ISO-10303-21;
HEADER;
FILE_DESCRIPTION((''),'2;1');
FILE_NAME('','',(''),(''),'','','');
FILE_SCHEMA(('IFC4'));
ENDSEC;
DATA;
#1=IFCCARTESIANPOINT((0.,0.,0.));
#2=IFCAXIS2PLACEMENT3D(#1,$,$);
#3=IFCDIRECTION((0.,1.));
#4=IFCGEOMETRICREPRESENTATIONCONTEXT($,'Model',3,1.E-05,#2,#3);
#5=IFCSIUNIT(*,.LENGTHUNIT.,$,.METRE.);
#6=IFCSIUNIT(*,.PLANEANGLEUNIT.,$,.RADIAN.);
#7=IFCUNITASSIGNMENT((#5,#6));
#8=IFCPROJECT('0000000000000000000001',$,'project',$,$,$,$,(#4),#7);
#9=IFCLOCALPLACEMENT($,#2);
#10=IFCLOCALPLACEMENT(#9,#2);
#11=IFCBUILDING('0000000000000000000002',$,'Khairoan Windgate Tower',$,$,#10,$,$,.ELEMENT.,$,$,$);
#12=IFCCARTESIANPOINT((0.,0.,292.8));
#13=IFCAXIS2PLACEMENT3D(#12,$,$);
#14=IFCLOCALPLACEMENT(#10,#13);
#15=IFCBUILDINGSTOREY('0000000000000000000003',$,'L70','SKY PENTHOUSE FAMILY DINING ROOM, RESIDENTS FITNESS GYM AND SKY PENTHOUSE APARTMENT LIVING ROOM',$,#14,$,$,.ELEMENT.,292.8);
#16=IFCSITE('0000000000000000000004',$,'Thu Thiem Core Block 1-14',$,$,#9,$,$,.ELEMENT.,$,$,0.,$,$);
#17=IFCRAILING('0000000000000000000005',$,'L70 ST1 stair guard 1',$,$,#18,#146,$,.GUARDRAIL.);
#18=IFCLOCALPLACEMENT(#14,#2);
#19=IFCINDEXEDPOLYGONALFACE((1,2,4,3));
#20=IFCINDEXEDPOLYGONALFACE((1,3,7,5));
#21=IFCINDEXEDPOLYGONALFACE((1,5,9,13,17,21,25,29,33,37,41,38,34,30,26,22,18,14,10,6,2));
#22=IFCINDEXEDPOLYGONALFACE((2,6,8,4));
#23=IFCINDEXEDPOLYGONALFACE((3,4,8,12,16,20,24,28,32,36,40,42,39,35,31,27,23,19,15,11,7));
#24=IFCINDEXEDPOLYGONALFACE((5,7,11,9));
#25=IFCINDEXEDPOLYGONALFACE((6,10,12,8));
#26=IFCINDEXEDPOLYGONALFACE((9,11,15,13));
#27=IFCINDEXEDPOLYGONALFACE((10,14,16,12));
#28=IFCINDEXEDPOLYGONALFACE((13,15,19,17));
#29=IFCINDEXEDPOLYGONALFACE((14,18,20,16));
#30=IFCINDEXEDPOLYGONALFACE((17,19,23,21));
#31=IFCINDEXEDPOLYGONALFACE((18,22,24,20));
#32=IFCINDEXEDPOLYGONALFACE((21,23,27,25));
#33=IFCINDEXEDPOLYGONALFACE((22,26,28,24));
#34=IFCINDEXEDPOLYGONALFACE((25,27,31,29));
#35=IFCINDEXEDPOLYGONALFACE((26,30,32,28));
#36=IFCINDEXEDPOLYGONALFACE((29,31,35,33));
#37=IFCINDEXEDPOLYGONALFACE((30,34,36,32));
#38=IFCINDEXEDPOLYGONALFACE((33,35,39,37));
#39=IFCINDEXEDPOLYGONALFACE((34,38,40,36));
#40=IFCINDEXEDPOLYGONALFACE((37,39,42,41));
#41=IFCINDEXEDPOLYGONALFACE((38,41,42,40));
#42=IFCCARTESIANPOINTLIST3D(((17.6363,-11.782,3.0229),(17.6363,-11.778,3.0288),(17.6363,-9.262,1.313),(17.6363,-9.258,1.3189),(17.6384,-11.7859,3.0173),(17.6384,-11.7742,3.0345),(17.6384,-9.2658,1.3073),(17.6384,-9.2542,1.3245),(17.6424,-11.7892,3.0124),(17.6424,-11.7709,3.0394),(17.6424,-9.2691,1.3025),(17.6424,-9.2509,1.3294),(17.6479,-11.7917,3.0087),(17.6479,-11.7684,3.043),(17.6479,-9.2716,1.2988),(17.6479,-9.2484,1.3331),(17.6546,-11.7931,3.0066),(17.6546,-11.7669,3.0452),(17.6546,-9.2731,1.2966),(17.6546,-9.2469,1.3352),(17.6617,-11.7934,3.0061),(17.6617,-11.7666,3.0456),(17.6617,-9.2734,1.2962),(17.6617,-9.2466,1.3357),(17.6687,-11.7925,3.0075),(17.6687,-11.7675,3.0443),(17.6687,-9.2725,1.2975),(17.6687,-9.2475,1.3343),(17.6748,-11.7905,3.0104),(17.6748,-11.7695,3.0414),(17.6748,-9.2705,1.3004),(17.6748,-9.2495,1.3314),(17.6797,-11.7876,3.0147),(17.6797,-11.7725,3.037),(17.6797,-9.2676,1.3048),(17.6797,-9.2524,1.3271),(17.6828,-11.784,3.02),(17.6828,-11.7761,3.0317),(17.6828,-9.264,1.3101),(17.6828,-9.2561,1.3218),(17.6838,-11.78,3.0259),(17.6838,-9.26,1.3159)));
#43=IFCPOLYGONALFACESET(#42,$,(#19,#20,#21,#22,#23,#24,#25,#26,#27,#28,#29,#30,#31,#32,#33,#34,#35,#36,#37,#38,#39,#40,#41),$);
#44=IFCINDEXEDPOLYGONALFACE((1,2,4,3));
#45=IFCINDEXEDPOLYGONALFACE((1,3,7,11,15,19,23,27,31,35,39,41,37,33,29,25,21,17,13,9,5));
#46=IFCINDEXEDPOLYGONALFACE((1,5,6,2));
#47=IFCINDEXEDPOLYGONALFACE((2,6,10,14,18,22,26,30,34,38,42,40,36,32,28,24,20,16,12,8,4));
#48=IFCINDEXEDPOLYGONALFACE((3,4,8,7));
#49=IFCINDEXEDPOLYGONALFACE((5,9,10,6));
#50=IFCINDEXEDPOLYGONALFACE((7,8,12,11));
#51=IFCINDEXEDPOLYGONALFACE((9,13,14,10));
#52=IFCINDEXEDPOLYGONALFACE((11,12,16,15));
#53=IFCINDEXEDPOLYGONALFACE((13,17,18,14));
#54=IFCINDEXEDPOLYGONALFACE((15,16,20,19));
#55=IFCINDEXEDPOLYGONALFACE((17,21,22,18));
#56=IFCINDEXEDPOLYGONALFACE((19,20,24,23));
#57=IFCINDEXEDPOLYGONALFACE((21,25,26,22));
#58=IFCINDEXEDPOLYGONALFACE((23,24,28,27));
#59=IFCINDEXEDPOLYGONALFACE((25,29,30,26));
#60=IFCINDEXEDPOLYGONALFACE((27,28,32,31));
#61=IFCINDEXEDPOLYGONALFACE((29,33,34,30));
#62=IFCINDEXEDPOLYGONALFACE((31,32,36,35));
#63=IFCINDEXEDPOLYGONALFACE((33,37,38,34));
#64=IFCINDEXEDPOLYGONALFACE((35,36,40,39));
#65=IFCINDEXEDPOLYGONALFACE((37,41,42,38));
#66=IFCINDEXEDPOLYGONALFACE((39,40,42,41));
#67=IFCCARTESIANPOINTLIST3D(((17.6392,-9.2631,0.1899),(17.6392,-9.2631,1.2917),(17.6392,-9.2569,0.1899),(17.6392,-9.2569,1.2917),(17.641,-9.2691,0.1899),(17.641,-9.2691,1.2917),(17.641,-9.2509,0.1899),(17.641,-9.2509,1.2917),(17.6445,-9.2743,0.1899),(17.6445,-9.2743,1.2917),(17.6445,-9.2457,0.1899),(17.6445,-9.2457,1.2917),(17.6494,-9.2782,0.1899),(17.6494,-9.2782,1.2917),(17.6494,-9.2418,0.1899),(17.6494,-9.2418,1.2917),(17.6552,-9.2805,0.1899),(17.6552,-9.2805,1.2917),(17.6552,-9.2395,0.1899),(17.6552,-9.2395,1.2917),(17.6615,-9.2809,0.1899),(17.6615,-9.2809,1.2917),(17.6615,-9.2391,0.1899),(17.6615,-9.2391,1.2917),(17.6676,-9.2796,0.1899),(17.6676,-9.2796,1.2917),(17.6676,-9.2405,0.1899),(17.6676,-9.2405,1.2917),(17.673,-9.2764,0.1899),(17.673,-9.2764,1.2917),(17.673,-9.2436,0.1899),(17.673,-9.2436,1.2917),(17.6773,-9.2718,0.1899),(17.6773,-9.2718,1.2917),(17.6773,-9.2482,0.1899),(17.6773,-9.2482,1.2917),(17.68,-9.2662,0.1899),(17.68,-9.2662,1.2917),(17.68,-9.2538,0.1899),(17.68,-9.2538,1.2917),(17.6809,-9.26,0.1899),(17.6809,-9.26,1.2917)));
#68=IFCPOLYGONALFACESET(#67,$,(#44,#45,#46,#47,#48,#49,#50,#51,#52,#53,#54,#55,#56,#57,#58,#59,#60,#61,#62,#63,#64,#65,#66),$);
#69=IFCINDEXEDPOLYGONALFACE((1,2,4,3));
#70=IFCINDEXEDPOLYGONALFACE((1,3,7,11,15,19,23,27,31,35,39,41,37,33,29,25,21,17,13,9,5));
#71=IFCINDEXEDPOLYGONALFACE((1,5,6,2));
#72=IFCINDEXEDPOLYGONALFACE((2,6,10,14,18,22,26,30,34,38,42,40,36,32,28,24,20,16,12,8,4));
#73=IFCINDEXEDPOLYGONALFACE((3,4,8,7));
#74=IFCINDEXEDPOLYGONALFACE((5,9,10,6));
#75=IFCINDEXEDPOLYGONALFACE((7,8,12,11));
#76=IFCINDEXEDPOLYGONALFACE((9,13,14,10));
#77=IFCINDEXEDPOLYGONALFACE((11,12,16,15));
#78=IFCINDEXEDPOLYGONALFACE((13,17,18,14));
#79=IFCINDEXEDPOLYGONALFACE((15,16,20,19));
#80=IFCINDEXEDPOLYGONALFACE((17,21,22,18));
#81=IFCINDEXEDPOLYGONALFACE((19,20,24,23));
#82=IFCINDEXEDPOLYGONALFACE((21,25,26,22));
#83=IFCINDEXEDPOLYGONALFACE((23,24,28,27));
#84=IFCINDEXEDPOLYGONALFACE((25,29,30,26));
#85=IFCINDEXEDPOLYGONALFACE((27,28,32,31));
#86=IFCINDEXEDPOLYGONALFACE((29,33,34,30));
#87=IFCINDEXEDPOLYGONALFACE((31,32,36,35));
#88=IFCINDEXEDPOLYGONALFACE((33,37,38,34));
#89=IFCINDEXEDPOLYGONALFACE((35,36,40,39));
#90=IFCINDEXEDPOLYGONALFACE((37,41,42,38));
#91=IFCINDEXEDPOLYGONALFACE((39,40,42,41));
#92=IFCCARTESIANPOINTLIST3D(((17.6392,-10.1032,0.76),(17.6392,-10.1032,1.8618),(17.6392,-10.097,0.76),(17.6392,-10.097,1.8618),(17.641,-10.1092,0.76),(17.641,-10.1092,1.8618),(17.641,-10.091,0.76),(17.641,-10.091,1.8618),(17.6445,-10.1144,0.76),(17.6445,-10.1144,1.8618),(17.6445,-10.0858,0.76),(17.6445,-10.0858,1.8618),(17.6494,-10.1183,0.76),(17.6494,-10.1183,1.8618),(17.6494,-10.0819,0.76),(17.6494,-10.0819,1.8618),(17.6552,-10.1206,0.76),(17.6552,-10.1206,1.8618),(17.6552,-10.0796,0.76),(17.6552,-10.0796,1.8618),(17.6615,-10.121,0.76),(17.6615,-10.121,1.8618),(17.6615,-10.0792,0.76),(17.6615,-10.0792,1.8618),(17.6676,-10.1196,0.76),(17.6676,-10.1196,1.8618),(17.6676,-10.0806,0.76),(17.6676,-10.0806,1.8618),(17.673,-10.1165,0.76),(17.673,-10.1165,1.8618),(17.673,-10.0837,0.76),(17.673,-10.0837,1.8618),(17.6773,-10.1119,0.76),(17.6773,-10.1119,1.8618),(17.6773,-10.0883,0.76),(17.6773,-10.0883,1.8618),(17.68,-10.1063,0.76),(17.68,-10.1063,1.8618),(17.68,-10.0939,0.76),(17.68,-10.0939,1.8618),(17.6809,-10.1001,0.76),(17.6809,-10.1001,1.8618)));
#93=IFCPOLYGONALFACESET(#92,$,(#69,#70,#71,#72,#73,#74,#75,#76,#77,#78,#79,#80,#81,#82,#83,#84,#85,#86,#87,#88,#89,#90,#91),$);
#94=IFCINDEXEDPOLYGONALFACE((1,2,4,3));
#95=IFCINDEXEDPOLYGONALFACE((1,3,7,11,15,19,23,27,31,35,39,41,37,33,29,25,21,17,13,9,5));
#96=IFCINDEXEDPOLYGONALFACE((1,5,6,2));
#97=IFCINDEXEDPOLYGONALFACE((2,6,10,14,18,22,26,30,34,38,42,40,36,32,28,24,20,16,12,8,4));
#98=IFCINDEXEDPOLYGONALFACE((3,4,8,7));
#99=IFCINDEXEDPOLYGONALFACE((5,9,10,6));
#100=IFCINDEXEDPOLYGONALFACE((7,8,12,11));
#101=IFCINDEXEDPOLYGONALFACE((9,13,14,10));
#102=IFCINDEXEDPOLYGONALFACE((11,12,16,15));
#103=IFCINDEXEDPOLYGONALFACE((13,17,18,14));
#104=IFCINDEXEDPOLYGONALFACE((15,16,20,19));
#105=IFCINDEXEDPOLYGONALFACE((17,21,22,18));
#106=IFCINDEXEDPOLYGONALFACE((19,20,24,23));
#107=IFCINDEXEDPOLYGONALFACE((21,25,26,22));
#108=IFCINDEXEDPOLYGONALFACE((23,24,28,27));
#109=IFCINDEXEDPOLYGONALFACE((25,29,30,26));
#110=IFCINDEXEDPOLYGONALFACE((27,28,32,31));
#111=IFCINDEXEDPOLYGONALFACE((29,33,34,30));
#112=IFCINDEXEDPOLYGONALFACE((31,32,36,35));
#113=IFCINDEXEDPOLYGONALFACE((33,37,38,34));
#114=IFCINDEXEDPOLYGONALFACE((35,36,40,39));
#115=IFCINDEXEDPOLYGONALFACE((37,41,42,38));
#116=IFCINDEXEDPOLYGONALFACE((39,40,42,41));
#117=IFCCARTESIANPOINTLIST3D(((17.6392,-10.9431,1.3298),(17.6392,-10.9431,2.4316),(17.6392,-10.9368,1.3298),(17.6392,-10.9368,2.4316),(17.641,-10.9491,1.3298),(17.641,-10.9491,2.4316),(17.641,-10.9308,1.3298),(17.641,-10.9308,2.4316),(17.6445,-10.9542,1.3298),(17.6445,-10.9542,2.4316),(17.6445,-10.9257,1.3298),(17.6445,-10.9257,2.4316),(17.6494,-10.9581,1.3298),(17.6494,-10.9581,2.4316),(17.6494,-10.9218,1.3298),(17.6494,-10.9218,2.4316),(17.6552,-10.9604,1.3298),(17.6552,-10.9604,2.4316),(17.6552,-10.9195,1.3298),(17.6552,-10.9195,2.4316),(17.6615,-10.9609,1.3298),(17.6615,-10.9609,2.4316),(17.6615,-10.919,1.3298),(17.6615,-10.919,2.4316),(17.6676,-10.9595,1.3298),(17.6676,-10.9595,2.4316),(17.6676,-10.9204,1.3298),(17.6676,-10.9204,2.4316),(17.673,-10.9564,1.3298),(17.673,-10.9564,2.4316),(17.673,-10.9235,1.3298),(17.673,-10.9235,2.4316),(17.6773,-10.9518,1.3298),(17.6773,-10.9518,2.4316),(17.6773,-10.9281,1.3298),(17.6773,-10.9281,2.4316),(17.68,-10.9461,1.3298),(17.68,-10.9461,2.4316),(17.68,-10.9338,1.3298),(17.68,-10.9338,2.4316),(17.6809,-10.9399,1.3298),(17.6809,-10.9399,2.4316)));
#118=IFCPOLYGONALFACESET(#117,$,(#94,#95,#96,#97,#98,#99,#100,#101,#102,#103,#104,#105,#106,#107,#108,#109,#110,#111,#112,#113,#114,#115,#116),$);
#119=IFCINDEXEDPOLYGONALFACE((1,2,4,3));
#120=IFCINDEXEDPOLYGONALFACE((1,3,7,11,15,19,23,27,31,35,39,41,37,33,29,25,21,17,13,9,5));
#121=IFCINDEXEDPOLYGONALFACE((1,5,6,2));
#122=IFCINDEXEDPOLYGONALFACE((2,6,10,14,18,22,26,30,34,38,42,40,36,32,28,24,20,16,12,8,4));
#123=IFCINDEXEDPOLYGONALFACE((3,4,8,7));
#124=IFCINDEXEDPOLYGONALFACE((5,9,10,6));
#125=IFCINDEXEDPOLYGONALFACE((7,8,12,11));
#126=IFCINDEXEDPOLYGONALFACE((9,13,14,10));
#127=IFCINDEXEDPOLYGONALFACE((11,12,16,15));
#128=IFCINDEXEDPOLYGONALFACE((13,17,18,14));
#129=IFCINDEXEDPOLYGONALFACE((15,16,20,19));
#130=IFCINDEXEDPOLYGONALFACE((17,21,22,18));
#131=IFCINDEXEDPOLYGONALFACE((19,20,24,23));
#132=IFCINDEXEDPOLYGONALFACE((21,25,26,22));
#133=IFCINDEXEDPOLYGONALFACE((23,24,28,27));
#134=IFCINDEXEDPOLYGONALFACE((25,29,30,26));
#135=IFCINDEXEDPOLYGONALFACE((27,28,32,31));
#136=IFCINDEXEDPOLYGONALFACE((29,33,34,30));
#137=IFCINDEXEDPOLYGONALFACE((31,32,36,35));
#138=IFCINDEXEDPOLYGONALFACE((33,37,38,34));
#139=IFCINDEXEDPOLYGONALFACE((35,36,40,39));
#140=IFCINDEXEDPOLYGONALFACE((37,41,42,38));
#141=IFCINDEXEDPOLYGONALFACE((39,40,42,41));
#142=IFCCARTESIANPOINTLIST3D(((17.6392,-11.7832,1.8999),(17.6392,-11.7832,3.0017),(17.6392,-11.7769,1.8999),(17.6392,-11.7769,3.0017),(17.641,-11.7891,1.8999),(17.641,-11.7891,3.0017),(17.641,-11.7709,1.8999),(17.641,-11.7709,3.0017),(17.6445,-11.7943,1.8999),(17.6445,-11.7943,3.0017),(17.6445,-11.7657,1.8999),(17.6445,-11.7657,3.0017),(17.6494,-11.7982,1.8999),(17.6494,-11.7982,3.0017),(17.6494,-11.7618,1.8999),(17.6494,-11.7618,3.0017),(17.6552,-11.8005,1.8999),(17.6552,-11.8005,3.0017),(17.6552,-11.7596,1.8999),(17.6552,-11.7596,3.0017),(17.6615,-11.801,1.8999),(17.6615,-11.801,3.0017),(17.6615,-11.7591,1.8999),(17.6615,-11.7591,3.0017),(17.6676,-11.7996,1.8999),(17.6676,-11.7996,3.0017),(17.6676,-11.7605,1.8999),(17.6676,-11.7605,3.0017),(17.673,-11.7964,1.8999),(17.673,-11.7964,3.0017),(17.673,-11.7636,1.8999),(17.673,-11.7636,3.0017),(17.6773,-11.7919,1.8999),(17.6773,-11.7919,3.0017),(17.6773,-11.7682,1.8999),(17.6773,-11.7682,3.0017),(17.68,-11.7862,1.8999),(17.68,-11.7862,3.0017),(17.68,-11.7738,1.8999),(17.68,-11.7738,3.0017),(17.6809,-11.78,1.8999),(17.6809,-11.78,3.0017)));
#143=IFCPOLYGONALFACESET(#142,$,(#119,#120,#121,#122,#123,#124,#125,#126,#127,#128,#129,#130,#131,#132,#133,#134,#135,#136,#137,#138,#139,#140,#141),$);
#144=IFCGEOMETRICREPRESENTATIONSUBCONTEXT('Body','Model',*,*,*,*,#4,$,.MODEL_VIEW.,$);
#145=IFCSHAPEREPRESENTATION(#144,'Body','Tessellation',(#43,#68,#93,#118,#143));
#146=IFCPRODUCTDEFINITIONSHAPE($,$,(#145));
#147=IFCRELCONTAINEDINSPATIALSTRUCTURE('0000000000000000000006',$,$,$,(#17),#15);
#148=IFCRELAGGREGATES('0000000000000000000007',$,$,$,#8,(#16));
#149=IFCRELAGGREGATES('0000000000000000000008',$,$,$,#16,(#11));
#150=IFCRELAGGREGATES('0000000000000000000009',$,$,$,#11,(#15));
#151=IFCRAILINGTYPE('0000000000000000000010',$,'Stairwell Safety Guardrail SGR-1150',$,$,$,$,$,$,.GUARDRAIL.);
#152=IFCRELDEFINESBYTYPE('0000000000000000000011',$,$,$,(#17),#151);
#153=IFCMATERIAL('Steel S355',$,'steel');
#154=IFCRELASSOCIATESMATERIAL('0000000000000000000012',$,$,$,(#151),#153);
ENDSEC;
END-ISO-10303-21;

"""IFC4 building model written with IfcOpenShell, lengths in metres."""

from ifc_helpers import new_model, si_unit, direction, frame, origin, origin_2d, place, context, subcontext, project, spatial, circle, extrude, material, type_object, element, save


model = new_model("IFC4")

# Units and contexts
model_context = context("Model", 3, precision=1e-05, world=origin(), true_north=direction((0.0, 1.0)))
body_context = subcontext(model_context, "Body", "Model", "MODEL_VIEW")
ifc_project = project(units=[si_unit("LENGTHUNIT", "METRE"), si_unit("PLANEANGLEUNIT", "RADIAN")], contexts=[model_context])

# Site, building, storey
site_placement = place(None, origin())
site = spatial("IfcSite", under=ifc_project, at=site_placement, Name="Thu Thiem Core Block 1-14", CompositionType="ELEMENT", RefElevation=0.0)
building_placement = place(site_placement, origin())
building = spatial("IfcBuilding", under=site, at=building_placement, Name="Khairoan Windgate Tower", CompositionType="ELEMENT")
storey_placement = place(building_placement, frame((0.0, 0.0, 292.8)))
storey = spatial("IfcBuildingStorey", under=building, at=storey_placement, Name="L70", Description="SKY PENTHOUSE FAMILY DINING ROOM, RESIDENTS FITNESS GYM AND SKY PENTHOUSE APARTMENT LIVING ROOM", CompositionType="ELEMENT", Elevation=292.8)

# Railing
ifc_material_1 = material(Name="Steel S355", Category="steel")
railing_type_1 = type_object("IfcRailingType", Name="Stairwell Safety Guardrail SGR-1150", PredefinedType="GUARDRAIL", material=ifc_material_1)
railing_1_placement = place(storey_placement, frame((17.6599, -9.26, 0.1899)))
element("IfcRailing", 1, at=railing_1_placement, inside=storey, type_object=railing_type_1, Name="L70 ST1 stair guard 1", PredefinedType="GUARDRAIL", context=body_context, shape_type="SweptSolid", body=[
    extrude(circle(Radius=0.0239, at=origin_2d()), frame((0.0, 0.0, 1.126), z_axis=(0.0, -0.827484, 0.56149), x_axis=(1.0, 0.0, 0.0)), (0.0, 0.0, 1.0), 3.0454),
    extrude(circle(Radius=0.021, at=origin_2d()), origin(), (0.0, 0.0, 1.0), 1.1018),
    extrude(circle(Radius=0.021, at=origin_2d()), frame((0.0, -0.8401, 0.5701)), (0.0, 0.0, 1.0), 1.1018),
    extrude(circle(Radius=0.021, at=origin_2d()), frame((0.0, -1.6799, 1.1399)), (0.0, 0.0, 1.0), 1.1018),
    extrude(circle(Radius=0.021, at=origin_2d()), frame((0.0, -2.52, 1.71)), (0.0, 0.0, 1.0), 1.1018),
])

save(model, "model.ifc")
